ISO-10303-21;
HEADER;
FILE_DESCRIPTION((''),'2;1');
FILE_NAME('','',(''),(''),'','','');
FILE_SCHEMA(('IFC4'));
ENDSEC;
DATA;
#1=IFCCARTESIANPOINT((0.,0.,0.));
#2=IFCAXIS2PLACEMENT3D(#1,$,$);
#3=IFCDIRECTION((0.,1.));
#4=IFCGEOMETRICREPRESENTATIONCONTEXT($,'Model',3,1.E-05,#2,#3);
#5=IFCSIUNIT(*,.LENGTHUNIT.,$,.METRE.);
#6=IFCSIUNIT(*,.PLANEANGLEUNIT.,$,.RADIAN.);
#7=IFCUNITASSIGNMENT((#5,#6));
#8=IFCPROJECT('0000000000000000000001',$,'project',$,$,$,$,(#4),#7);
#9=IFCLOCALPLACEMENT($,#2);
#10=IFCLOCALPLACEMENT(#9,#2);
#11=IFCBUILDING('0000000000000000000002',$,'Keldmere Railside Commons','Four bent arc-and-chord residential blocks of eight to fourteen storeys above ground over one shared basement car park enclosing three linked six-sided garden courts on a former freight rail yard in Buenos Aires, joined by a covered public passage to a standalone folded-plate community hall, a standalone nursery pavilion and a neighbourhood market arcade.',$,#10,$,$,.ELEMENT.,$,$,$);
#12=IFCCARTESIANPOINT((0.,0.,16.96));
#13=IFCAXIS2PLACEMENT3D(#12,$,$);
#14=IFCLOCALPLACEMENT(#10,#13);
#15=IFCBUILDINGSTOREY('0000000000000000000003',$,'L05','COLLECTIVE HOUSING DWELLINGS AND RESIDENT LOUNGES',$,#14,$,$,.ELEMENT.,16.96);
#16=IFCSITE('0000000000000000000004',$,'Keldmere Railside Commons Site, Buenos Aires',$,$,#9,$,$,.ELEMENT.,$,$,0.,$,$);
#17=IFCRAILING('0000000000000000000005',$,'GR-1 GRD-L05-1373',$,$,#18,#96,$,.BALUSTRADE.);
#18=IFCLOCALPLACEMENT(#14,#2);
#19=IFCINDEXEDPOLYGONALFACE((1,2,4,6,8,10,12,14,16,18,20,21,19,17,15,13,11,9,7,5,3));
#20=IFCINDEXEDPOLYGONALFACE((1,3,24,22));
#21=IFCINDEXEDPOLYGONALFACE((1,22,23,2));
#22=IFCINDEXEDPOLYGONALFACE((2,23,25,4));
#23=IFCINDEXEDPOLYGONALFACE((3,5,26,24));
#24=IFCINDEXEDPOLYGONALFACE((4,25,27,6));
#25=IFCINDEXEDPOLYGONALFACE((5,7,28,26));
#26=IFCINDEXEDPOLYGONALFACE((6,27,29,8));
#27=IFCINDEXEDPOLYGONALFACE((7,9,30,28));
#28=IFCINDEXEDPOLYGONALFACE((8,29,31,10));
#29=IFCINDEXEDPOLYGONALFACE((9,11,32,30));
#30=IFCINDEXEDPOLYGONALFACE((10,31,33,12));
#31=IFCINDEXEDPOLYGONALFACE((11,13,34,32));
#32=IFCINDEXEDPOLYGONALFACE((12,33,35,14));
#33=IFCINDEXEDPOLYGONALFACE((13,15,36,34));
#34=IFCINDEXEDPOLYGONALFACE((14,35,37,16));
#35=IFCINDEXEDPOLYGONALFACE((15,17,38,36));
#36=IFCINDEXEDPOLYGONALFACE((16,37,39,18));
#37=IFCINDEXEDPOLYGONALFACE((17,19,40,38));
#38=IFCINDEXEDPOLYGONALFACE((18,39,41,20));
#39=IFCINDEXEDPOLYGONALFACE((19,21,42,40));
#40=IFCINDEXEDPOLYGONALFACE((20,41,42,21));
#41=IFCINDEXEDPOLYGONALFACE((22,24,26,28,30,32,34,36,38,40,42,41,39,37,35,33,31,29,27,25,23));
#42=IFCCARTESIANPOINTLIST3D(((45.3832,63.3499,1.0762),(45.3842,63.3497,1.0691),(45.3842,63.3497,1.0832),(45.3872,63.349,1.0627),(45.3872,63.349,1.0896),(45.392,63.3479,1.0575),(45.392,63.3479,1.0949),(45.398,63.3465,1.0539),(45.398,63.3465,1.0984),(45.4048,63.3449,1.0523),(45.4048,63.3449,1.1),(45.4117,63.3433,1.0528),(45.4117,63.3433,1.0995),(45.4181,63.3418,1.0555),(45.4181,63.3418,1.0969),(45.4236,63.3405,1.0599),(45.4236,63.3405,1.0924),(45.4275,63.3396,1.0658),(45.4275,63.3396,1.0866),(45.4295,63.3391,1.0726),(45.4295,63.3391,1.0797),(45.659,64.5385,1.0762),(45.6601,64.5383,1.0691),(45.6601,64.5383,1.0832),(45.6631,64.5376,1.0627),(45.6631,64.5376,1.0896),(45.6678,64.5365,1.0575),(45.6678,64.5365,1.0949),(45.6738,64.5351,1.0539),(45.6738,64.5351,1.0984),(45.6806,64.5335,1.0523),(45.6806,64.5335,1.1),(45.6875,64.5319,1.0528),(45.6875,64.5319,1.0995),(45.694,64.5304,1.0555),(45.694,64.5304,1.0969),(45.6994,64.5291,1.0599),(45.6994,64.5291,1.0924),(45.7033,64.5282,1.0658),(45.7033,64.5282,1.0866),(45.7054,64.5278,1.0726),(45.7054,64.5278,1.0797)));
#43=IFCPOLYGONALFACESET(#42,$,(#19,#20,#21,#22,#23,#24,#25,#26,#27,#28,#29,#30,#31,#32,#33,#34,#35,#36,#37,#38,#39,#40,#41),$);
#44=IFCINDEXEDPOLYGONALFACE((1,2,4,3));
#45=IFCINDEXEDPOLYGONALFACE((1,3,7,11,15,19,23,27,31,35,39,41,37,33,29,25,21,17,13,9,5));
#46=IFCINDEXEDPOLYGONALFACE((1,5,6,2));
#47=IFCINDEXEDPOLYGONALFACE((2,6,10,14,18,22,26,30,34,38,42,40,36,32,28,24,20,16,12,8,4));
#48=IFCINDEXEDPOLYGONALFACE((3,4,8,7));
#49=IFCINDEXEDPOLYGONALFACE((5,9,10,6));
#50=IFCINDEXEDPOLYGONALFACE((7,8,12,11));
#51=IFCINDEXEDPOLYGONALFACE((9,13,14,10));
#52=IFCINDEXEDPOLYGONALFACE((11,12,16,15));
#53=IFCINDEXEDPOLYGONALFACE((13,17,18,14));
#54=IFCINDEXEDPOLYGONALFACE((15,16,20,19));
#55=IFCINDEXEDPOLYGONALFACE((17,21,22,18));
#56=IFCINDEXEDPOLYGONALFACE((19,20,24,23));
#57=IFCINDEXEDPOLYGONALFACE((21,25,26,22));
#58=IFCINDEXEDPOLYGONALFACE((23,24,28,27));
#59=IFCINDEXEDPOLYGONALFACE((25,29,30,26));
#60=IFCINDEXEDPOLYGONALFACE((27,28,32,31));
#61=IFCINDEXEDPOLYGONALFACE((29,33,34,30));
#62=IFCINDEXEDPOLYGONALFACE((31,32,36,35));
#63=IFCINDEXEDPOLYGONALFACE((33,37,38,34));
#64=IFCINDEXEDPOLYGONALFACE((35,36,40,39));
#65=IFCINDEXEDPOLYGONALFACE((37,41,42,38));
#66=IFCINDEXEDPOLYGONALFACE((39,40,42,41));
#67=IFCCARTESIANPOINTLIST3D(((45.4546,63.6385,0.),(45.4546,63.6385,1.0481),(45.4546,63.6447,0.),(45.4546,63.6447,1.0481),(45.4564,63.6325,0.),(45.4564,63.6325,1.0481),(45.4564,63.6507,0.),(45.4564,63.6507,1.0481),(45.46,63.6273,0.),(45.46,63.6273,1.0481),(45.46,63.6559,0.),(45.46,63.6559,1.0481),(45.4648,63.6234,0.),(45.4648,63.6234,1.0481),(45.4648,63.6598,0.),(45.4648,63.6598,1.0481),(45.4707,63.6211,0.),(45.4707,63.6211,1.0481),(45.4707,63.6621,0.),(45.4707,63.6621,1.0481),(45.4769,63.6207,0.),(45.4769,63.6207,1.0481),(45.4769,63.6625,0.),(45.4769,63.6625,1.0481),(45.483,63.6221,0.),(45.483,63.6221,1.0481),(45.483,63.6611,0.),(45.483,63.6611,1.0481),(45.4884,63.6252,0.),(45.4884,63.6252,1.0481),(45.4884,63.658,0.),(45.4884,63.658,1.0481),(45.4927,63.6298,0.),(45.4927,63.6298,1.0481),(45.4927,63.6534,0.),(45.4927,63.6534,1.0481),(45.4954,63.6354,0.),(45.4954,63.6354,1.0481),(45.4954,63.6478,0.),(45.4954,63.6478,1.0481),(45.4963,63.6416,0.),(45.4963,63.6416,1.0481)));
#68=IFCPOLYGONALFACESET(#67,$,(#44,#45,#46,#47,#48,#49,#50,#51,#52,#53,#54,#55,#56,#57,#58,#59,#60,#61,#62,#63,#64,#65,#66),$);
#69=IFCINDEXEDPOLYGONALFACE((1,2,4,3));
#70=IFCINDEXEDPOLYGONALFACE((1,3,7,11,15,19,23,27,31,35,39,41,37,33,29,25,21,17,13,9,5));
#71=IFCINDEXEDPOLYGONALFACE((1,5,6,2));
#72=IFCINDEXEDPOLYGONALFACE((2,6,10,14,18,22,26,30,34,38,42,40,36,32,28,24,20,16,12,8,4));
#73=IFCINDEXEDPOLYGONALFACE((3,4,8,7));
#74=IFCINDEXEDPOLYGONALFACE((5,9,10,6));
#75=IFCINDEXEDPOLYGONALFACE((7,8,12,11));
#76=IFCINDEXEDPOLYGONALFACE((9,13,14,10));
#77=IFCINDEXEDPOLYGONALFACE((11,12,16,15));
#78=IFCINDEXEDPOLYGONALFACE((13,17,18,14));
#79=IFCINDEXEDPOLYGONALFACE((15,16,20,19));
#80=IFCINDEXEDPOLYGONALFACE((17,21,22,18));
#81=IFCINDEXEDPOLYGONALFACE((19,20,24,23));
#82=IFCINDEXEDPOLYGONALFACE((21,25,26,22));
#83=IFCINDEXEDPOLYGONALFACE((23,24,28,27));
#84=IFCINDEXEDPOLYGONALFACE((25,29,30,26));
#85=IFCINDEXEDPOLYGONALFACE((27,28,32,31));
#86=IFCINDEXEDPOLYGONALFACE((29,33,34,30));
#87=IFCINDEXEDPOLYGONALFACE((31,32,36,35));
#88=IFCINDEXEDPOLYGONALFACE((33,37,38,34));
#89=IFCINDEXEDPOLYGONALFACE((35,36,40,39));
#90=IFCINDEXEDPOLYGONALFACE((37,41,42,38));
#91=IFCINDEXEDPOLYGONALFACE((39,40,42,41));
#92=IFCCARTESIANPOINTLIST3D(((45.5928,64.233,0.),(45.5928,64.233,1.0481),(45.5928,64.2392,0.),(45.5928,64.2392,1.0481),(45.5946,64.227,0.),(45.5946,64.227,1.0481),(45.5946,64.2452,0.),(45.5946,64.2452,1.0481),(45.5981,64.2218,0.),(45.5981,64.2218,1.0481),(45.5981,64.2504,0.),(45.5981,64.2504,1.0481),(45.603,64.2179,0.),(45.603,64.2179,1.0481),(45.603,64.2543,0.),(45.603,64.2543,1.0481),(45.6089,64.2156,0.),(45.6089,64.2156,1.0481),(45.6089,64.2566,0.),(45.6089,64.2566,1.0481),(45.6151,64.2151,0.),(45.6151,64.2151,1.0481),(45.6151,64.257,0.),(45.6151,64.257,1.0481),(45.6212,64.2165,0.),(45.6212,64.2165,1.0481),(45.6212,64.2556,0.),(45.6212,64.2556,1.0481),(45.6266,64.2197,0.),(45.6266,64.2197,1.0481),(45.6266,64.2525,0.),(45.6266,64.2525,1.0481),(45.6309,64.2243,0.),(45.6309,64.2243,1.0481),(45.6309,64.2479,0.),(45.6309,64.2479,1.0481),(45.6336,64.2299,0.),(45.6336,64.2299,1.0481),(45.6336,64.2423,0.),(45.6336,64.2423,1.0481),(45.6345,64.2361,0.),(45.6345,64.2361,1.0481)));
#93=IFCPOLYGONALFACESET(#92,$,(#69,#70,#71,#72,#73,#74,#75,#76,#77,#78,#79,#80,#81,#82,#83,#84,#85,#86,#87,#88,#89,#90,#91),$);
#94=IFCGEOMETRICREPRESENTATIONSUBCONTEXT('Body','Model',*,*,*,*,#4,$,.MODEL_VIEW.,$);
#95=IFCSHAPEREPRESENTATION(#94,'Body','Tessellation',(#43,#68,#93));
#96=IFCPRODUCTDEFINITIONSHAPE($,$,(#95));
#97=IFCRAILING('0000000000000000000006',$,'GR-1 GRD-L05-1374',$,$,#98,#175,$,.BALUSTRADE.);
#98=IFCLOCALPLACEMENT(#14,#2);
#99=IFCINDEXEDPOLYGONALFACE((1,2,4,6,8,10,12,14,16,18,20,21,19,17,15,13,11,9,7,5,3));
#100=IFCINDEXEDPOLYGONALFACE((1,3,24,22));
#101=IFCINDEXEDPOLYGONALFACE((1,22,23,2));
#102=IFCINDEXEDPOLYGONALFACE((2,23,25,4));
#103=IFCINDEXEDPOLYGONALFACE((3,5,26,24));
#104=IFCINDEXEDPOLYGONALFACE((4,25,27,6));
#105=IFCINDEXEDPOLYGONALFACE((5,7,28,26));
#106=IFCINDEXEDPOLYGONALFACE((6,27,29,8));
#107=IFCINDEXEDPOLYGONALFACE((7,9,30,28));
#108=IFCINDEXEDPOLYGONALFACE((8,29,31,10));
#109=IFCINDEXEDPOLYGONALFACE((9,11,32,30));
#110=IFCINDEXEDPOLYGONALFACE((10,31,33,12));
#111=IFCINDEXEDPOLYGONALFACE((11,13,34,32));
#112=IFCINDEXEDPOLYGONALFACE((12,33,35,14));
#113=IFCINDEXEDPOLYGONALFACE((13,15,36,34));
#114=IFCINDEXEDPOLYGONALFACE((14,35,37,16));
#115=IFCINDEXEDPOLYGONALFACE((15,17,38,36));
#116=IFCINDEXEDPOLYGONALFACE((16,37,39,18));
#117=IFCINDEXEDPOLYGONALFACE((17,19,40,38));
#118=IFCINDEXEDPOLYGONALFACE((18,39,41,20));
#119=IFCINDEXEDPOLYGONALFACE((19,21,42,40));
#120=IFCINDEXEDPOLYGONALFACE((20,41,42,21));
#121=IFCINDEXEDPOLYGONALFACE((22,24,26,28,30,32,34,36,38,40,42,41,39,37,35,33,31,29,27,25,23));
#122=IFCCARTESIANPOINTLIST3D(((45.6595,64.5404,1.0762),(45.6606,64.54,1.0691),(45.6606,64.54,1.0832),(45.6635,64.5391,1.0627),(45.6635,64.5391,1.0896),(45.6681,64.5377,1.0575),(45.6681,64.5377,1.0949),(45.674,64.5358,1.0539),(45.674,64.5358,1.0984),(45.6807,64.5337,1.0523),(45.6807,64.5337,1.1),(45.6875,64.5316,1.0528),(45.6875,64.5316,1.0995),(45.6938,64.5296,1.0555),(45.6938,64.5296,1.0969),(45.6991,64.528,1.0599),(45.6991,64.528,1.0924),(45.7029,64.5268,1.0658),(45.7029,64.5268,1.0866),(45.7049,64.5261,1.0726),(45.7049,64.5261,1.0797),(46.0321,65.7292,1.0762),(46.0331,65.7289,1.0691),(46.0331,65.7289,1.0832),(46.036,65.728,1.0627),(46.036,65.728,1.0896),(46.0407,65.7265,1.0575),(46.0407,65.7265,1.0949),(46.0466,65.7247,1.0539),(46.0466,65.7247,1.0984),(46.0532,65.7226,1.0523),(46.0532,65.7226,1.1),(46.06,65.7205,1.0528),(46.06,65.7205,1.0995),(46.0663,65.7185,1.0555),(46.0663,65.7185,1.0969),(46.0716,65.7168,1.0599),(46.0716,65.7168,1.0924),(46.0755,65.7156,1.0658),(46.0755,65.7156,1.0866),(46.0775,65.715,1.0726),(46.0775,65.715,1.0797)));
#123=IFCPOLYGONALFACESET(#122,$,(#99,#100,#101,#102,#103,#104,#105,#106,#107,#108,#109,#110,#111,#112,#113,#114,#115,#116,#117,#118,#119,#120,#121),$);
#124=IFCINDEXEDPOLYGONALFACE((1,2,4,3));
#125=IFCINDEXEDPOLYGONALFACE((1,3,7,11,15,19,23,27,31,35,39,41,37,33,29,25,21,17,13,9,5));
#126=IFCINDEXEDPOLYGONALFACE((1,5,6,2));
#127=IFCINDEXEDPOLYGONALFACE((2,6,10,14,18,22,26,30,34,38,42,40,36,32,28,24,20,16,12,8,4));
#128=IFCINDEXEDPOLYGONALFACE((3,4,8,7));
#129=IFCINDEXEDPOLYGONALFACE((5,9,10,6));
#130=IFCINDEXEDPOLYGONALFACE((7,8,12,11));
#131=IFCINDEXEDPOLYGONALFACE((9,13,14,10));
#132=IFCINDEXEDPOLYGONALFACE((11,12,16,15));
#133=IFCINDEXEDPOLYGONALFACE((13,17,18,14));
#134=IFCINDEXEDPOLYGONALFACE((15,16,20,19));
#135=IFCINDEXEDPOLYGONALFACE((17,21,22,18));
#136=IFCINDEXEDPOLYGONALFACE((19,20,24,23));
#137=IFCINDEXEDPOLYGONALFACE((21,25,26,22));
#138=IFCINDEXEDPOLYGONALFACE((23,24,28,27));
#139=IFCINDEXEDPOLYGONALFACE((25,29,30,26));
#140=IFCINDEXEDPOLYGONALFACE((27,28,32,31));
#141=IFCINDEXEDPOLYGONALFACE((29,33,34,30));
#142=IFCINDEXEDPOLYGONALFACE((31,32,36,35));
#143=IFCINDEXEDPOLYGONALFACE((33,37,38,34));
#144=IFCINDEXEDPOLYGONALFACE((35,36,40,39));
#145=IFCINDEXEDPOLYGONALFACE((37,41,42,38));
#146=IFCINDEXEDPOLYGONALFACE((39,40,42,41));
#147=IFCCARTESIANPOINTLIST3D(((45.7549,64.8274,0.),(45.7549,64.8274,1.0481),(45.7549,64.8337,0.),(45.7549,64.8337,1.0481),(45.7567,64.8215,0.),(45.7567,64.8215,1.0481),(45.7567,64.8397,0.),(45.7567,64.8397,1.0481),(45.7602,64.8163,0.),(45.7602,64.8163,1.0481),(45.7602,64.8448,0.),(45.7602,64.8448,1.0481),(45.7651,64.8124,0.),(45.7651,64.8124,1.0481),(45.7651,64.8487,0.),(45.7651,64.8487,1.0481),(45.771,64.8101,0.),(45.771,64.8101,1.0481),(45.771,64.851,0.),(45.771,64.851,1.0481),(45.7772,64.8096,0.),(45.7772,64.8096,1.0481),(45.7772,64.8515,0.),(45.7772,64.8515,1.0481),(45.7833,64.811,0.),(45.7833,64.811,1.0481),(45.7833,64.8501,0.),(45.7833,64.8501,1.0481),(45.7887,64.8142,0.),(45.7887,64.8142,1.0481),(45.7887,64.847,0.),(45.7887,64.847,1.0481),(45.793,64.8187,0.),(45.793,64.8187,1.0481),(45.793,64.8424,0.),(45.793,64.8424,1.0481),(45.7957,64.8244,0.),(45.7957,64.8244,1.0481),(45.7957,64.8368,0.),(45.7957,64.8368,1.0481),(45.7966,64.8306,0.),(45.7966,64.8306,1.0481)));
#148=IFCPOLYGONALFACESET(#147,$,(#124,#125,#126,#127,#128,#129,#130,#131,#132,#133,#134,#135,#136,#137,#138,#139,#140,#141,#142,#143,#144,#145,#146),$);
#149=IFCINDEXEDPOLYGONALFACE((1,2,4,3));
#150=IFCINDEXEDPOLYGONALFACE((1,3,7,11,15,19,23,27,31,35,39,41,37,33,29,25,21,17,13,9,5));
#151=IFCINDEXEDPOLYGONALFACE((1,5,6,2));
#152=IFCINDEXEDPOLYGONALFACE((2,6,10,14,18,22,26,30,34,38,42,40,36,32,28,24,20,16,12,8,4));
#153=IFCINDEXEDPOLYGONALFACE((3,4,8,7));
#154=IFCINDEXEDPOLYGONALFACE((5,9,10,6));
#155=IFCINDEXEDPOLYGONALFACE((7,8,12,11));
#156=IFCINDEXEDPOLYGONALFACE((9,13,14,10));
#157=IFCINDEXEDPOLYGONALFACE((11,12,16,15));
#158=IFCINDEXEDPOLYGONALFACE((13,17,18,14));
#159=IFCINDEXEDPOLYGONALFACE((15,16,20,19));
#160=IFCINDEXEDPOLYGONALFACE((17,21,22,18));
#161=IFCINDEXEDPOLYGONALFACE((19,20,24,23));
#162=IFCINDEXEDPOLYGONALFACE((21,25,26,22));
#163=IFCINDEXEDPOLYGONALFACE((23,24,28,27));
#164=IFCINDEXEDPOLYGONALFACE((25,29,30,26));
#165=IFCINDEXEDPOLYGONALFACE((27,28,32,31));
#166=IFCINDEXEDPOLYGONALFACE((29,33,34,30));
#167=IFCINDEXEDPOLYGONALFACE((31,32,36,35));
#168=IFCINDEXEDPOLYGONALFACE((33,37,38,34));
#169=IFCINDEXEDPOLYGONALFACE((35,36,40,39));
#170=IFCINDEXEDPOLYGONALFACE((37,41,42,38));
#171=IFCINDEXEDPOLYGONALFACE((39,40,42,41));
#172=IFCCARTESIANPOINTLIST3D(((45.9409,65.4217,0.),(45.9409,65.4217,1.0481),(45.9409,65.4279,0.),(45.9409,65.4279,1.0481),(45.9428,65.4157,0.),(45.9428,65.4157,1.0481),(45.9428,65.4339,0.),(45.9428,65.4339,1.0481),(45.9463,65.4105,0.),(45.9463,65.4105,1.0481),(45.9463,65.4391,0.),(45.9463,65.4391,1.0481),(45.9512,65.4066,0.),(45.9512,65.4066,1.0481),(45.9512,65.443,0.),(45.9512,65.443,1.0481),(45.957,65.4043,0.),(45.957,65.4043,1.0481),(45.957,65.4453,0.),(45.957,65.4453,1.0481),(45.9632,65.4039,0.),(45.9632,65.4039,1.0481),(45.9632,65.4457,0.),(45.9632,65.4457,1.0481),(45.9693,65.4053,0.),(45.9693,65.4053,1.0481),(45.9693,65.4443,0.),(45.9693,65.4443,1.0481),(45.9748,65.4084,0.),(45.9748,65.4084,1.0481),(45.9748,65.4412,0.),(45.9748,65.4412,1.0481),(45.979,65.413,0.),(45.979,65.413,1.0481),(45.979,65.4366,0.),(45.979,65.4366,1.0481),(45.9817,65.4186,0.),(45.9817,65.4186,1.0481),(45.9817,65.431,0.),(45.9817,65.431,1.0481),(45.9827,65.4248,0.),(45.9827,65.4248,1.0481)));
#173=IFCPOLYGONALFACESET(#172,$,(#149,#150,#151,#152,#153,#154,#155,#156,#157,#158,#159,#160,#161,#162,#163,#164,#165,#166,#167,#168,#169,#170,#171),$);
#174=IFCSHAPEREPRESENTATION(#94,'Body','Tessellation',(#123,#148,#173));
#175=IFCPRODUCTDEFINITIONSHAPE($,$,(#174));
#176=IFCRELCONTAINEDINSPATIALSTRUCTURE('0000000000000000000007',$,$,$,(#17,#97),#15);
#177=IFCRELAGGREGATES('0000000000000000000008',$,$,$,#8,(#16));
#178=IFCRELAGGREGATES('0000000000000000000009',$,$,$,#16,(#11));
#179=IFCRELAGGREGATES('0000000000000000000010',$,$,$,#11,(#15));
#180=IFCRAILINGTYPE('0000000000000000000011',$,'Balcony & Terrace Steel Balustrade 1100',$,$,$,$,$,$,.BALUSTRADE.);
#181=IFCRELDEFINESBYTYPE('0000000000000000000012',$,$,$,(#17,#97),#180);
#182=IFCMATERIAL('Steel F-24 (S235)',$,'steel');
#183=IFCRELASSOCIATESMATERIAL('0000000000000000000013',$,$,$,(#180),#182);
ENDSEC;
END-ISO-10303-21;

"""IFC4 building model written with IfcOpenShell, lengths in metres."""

from ifc_helpers import new_model, si_unit, direction, frame, origin, origin_2d, place, context, subcontext, project, spatial, circle, extrude, material, type_object, element, save


model = new_model("IFC4")

# Units and contexts
model_context = context("Model", 3, precision=1e-05, world=origin(), true_north=direction((0.0, 1.0)))
body_context = subcontext(model_context, "Body", "Model", "MODEL_VIEW")
ifc_project = project(units=[si_unit("LENGTHUNIT", "METRE"), si_unit("PLANEANGLEUNIT", "RADIAN")], contexts=[model_context])

# Site, building, storey
site_placement = place(None, origin())
site = spatial("IfcSite", under=ifc_project, at=site_placement, Name="Keldmere Railside Commons Site, Buenos Aires", CompositionType="ELEMENT", RefElevation=0.0)
building_placement = place(site_placement, origin())
building = spatial("IfcBuilding", under=site, at=building_placement, Name="Keldmere Railside Commons", Description="Four bent arc-and-chord residential blocks of eight to fourteen storeys above ground over one shared basement car park enclosing three linked six-sided garden courts on a former freight rail yard in Buenos Aires, joined by a covered public passage to a standalone folded-plate community hall, a standalone nursery pavilion and a neighbourhood market arcade.", CompositionType="ELEMENT")
storey_placement = place(building_placement, frame((0.0, 0.0, 16.96)))
storey = spatial("IfcBuildingStorey", under=building, at=storey_placement, Name="L05", Description="COLLECTIVE HOUSING DWELLINGS AND RESIDENT LOUNGES", CompositionType="ELEMENT", Elevation=16.96)

# Railings
ifc_material_1 = material(Name="Steel F-24 (S235)", Category="steel")
railing_type_1 = type_object("IfcRailingType", Name="Balcony & Terrace Steel Balustrade 1100", PredefinedType="BALUSTRADE", material=ifc_material_1)
railing_1_placement = place(storey_placement, frame((45.4065, 63.3445, 0.0)))
element("IfcRailing", 1, at=railing_1_placement, inside=storey, type_object=railing_type_1, Name="GR-1 GRD-L05-1373", PredefinedType="BALUSTRADE", context=body_context, shape_type="SweptSolid", body=[
    extrude(circle(Radius=0.0239, at=origin_2d()), frame((0.0, 0.0, 1.0762), z_axis=(0.226072, 0.974111, 0.0), x_axis=(-0.974111, 0.226072, 0.0)), (0.0, 0.0, 1.0), 1.2202),
    extrude(circle(Radius=0.021, at=origin_2d()), frame((0.0688, 0.2971, 0.0)), (0.0, 0.0, 1.0), 1.0481),
    extrude(circle(Radius=0.021, at=origin_2d()), frame((0.207, 0.8916, 0.0)), (0.0, 0.0, 1.0), 1.0481),
])
railing_2_placement = place(storey_placement, frame((45.6824, 64.5332, 0.0)))
element("IfcRailing", 2, at=railing_2_placement, inside=storey, type_object=railing_type_1, Name="GR-1 GRD-L05-1374", PredefinedType="BALUSTRADE", context=body_context, shape_type="SweptSolid", body=[
    extrude(circle(Radius=0.0239, at=origin_2d()), frame((0.0, 0.0, 1.0762), z_axis=(0.299011, 0.95425, 0.0), x_axis=(-0.95425, 0.299011, 0.0)), (0.0, 0.0, 1.0), 1.2458),
    extrude(circle(Radius=0.021, at=origin_2d()), frame((0.0933, 0.2974, 0.0)), (0.0, 0.0, 1.0), 1.0481),
    extrude(circle(Radius=0.021, at=origin_2d()), frame((0.2793, 0.8916, 0.0)), (0.0, 0.0, 1.0), 1.0481),
])

save(model, "model.ifc")
